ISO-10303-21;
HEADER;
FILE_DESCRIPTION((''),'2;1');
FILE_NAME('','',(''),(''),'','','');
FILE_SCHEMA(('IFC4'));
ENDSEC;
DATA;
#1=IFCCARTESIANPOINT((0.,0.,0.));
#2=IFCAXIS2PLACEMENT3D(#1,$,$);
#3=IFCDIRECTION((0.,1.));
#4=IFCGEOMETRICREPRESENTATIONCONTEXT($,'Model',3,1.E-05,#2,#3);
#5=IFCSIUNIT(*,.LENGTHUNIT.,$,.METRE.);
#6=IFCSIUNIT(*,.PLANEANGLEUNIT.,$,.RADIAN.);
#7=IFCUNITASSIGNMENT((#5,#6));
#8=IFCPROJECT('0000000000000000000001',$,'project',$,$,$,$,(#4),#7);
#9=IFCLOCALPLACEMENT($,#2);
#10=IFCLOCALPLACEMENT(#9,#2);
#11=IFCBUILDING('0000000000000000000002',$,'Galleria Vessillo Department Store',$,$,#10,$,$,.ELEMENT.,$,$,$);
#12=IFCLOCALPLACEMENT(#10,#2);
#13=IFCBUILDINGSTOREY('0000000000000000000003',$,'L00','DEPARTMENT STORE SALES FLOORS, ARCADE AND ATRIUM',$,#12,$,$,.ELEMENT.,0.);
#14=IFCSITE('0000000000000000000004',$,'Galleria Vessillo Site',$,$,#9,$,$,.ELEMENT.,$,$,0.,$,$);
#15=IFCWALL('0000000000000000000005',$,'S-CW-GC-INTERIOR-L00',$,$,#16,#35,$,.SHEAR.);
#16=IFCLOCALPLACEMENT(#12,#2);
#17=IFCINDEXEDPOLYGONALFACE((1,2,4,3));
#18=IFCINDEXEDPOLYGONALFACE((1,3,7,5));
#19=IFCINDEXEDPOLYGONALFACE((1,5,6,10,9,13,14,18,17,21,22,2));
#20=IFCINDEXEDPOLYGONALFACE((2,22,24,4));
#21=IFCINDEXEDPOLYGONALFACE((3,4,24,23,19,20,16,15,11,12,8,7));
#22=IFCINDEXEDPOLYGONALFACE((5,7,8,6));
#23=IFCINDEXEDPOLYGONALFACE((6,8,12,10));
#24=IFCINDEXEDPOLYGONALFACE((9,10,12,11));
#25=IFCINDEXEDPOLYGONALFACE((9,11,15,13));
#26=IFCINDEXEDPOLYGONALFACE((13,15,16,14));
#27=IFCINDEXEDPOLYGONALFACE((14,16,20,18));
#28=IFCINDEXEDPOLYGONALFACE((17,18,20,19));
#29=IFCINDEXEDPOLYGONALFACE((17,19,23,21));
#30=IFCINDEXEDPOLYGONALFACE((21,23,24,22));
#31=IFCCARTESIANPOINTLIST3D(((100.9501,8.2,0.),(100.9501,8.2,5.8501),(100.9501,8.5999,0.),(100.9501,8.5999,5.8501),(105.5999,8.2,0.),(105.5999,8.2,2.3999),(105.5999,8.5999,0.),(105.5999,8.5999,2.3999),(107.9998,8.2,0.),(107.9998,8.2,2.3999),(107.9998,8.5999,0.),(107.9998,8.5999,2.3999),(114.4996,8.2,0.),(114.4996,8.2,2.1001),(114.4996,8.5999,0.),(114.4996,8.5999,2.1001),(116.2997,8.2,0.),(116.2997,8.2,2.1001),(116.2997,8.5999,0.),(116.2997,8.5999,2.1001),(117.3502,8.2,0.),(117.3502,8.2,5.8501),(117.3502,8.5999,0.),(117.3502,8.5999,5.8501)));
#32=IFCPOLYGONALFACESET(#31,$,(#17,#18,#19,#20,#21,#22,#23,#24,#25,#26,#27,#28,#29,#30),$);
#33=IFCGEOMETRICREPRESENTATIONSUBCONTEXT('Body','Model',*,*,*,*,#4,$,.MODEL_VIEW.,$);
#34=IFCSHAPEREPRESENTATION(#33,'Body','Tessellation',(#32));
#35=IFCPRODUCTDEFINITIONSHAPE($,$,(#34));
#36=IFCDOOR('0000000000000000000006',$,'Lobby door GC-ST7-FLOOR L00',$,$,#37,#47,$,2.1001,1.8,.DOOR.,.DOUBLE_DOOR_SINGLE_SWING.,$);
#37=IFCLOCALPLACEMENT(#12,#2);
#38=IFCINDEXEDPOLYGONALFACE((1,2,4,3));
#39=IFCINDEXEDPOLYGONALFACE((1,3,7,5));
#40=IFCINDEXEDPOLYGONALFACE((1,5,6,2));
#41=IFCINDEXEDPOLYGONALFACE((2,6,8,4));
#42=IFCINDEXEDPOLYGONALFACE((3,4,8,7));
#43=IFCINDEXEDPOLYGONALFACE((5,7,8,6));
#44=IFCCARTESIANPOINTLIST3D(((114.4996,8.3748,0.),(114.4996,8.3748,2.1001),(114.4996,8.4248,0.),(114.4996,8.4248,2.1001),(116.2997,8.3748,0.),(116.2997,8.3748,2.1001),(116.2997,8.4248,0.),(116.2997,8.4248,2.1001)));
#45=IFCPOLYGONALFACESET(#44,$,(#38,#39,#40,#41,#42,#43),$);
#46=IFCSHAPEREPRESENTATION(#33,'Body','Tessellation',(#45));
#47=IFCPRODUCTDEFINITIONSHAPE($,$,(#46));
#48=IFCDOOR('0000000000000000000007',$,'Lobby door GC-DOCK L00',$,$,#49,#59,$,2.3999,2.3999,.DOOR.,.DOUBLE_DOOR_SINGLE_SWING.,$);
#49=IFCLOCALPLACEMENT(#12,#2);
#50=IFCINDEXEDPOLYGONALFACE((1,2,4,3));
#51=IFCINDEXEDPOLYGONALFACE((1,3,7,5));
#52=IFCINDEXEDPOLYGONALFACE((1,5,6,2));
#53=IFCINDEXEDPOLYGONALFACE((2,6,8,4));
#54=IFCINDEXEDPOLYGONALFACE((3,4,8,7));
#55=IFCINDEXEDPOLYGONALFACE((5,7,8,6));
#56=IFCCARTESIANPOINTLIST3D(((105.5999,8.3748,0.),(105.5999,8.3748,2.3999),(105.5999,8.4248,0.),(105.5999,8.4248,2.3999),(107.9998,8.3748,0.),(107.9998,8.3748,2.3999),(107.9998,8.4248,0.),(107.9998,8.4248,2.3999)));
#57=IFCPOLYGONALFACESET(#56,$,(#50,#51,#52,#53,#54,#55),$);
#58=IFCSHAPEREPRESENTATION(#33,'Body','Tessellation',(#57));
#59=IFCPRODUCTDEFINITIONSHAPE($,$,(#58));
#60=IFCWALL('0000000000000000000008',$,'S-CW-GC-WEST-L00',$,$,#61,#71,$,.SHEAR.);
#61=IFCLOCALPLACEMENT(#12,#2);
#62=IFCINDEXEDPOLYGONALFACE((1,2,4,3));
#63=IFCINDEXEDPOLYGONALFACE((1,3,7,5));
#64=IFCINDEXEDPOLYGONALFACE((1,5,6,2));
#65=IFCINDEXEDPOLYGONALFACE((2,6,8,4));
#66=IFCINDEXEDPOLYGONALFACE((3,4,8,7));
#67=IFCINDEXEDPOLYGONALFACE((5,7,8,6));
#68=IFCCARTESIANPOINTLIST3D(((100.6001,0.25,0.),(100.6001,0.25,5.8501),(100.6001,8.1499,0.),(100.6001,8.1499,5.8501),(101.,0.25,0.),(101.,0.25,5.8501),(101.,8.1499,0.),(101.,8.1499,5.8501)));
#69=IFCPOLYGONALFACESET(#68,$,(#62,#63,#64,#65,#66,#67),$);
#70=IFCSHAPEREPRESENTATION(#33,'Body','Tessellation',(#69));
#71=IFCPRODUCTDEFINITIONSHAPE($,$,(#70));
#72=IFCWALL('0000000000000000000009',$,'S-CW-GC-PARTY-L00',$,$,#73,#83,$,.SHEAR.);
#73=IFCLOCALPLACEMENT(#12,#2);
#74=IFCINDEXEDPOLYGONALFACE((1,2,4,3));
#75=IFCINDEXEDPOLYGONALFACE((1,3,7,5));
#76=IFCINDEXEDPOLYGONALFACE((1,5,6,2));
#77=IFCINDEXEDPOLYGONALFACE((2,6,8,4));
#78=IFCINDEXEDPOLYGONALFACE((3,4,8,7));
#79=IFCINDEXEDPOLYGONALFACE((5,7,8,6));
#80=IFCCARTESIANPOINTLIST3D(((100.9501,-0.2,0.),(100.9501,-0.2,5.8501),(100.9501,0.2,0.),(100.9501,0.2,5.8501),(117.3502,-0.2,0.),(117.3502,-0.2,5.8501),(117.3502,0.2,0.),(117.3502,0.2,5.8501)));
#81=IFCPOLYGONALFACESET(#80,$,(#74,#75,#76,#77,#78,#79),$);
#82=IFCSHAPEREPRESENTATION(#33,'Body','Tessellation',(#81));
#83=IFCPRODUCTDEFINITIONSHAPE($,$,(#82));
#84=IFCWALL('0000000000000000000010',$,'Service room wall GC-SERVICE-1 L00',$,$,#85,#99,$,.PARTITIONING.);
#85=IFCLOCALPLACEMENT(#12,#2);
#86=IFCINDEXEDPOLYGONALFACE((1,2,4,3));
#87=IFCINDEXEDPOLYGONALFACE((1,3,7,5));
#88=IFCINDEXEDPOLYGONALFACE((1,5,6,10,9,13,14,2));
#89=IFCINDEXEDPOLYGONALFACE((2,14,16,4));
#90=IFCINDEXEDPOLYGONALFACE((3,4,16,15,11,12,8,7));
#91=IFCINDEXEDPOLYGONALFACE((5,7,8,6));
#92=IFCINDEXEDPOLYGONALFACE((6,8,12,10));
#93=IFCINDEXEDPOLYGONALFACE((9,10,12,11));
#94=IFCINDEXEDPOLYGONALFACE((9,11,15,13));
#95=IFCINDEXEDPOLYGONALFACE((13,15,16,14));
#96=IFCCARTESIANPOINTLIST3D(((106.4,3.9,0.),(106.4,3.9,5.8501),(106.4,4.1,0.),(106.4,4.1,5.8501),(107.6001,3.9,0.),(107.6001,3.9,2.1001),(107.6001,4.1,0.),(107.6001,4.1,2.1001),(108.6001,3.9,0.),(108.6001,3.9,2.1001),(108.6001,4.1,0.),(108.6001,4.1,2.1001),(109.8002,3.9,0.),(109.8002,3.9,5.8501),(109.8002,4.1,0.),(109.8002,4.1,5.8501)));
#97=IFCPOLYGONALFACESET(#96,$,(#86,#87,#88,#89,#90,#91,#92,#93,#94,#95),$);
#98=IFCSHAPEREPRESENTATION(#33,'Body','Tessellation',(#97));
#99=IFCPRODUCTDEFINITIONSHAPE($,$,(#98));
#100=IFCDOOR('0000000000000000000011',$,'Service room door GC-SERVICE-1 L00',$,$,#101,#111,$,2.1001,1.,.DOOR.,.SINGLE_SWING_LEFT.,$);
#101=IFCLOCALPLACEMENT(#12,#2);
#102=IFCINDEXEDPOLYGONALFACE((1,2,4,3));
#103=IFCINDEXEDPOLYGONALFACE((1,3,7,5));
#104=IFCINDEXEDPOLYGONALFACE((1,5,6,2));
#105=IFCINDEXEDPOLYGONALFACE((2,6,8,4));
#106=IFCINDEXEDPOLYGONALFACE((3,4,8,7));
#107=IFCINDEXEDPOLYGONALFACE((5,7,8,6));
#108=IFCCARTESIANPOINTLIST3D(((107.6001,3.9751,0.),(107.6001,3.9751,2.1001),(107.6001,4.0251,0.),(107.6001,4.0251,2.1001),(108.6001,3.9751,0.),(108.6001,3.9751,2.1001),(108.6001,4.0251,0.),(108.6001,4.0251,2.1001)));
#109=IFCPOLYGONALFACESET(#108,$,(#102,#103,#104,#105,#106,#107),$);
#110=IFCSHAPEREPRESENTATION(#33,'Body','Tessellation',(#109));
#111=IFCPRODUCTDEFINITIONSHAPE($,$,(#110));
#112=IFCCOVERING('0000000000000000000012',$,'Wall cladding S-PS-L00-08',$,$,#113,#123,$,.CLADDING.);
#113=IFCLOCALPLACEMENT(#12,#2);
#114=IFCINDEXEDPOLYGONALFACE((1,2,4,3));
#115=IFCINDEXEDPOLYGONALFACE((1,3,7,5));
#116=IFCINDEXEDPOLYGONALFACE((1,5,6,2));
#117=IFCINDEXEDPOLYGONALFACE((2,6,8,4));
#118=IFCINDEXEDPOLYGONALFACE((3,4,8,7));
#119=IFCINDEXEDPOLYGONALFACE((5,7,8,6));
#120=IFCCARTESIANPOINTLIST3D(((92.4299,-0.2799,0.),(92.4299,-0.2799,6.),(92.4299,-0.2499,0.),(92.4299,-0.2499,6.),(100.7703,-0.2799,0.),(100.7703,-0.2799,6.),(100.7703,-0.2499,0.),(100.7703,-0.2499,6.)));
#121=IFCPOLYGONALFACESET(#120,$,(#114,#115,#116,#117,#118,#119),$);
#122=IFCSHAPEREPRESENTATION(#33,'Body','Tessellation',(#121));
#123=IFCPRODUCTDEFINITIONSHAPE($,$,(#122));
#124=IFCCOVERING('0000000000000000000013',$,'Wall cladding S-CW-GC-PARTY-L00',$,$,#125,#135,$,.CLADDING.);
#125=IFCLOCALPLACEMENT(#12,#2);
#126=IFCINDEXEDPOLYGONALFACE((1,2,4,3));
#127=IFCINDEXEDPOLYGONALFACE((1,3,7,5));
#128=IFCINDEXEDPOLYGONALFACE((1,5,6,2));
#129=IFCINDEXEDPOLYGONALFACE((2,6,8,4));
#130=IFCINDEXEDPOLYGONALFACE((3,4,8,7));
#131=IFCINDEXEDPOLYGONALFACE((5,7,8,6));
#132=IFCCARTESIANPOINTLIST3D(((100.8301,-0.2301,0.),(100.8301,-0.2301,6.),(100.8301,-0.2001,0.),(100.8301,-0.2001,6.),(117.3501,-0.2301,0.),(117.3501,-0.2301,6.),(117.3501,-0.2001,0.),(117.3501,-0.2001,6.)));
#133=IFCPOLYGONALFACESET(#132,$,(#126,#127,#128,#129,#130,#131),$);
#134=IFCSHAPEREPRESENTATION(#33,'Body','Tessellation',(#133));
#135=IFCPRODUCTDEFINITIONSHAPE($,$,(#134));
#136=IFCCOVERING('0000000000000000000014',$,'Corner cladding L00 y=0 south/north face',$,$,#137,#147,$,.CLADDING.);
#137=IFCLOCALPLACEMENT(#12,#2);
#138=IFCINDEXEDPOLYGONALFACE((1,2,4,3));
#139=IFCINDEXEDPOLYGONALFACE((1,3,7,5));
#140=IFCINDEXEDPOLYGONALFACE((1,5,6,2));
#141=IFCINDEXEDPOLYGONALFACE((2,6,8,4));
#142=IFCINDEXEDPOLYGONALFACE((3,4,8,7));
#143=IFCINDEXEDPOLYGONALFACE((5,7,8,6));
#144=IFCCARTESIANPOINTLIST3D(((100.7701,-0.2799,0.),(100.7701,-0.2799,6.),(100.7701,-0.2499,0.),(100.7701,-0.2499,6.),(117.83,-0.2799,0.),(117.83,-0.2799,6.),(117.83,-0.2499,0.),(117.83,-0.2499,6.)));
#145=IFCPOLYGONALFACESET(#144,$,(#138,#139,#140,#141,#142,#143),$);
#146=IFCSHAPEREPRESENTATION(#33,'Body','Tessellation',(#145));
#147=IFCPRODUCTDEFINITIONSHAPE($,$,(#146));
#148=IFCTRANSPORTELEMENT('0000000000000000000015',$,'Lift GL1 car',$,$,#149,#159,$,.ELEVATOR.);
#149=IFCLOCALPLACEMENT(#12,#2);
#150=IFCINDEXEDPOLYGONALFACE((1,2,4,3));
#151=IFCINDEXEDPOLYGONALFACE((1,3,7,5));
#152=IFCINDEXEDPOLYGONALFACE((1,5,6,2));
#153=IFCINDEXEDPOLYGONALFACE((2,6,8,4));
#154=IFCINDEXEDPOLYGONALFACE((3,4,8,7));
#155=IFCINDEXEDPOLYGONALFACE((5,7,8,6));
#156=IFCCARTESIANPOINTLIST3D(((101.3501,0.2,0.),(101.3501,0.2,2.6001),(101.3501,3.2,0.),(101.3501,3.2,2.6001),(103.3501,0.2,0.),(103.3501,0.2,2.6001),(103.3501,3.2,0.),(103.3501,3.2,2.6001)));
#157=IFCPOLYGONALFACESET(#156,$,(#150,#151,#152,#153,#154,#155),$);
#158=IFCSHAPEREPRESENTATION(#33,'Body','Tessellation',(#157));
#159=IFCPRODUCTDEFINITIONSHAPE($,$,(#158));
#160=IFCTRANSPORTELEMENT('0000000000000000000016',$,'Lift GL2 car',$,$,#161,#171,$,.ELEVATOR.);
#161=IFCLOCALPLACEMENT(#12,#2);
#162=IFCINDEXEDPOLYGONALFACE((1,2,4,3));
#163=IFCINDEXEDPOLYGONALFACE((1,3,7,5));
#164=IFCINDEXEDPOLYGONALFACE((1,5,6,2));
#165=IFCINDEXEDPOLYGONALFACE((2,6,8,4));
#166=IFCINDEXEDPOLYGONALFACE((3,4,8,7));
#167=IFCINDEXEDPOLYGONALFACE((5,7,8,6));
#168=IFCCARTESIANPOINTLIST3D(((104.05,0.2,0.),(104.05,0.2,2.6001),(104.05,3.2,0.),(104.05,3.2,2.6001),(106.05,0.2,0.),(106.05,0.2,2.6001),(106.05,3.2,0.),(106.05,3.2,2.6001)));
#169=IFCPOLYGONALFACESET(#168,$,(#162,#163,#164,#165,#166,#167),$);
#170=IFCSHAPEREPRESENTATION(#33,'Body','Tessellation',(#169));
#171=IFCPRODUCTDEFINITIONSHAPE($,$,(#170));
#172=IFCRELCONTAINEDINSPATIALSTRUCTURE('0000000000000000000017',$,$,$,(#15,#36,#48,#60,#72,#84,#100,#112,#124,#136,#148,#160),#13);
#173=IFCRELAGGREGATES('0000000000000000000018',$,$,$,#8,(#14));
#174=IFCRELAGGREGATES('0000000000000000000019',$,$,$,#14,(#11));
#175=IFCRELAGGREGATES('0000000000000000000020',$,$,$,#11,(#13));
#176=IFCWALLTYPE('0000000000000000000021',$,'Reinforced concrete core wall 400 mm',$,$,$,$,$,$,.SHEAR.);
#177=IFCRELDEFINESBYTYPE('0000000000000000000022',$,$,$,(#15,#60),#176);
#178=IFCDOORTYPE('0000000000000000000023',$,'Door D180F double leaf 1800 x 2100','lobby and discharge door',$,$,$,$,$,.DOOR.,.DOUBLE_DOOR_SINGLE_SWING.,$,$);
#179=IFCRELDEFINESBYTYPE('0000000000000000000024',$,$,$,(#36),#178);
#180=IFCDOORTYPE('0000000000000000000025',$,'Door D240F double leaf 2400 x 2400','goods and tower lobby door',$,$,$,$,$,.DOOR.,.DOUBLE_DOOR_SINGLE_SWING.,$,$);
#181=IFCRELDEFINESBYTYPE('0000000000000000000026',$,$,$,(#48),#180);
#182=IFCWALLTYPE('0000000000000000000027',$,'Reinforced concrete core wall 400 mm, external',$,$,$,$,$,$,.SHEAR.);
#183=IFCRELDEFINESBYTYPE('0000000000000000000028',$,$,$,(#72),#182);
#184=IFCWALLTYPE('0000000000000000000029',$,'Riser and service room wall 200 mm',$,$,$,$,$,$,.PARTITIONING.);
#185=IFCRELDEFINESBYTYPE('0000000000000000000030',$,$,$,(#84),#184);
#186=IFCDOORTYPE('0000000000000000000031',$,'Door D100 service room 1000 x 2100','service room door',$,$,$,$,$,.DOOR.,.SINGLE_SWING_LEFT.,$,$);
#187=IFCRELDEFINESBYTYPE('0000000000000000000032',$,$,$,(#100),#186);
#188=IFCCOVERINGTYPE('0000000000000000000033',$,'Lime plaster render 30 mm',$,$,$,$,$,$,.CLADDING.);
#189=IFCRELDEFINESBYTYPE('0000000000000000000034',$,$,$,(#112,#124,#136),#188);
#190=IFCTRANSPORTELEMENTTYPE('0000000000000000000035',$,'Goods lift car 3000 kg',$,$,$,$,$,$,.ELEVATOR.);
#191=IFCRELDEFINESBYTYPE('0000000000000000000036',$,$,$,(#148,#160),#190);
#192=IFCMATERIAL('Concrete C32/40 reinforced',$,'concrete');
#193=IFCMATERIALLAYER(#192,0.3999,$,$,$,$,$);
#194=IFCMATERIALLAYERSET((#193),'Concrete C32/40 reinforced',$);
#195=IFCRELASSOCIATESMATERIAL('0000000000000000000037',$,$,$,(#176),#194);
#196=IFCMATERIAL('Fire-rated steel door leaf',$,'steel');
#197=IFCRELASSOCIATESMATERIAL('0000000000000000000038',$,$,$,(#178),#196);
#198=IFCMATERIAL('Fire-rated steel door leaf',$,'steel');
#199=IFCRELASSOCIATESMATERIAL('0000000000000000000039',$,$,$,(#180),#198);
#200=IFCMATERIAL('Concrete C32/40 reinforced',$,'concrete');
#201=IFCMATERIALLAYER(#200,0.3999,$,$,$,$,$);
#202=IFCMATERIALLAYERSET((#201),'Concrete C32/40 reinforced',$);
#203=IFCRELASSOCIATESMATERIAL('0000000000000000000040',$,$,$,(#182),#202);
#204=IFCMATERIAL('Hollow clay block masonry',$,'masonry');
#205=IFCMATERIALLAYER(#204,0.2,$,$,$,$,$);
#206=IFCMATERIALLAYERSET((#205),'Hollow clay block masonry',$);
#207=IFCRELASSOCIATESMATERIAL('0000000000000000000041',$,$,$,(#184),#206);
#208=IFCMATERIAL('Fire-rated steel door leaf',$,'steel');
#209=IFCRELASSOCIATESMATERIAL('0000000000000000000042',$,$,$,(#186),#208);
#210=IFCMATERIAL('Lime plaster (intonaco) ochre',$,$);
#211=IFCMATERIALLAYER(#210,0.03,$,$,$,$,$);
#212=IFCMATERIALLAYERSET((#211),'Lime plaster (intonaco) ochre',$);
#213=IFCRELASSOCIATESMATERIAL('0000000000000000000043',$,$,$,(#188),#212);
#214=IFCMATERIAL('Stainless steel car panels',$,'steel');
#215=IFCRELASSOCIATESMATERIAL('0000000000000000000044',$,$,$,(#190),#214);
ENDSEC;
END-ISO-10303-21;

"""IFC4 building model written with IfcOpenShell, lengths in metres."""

from ifc_helpers import new_model, si_unit, direction, frame, frame_2d, origin, origin_2d, place, context, subcontext, project, spatial, rectangle, extrude, material, layer, layer_set, type_object, element, fill, save


model = new_model("IFC4")

# Units and contexts
model_context = context("Model", 3, precision=1e-05, world=origin(), true_north=direction((0.0, 1.0)))
body_context = subcontext(model_context, "Body", "Model", "MODEL_VIEW")
ifc_project = project(units=[si_unit("LENGTHUNIT", "METRE"), si_unit("PLANEANGLEUNIT", "RADIAN")], contexts=[model_context])

# Site, building, storey
site_placement = place(None, origin())
site = spatial("IfcSite", under=ifc_project, at=site_placement, Name="Galleria Vessillo Site", CompositionType="ELEMENT", RefElevation=0.0)
building_placement = place(site_placement, origin())
building = spatial("IfcBuilding", under=site, at=building_placement, Name="Galleria Vessillo Department Store", CompositionType="ELEMENT")
storey_placement = place(building_placement, origin())
storey = spatial("IfcBuildingStorey", under=building, at=storey_placement, Name="L00", Description="DEPARTMENT STORE SALES FLOORS, ARCADE AND ATRIUM", CompositionType="ELEMENT", Elevation=0.0)

# Wall, openings, doors
ifc_material_1 = material(Name="Concrete C32/40 reinforced", Category="concrete")
ifc_layer_1 = layer(ifc_material_1, 0.3999)
ifc_layer_set_1 = layer_set([ifc_layer_1], Name="Concrete C32/40 reinforced")
wall_type_1 = type_object("IfcWallType", Name="Reinforced concrete core wall 400 mm", PredefinedType="SHEAR", material=ifc_layer_set_1)
wall_1_placement = place(storey_placement, frame((100.95, 8.3999, 0.0), z_axis=(0.0, 0.0, 1.0), x_axis=(1.0, 0.0, 0.0)))
wall_1 = element("IfcWall", 1, at=wall_1_placement, inside=storey, type_object=wall_type_1, Name="S-CW-GC-INTERIOR-L00", PredefinedType="SHEAR", context=body_context, shape_type="SweptSolid", body=[
    extrude(rectangle(XDim=16.4001, YDim=0.3999, at=frame_2d((8.2002, 0.0))), origin(), (0.0, 0.0, 1.0), 5.8501),
])
opening_1_placement = place(wall_1_placement, frame((13.5498, 0.0, 0.0)))
opening_1 = element("IfcOpeningElement", 2, at=opening_1_placement, cuts=wall_1, PredefinedType="OPENING", context=body_context, shape_type="SweptSolid", body=[
    extrude(rectangle(XDim=1.8, YDim=2.1001, at=frame_2d((0.8999, 1.05))), frame((0.0, 0.21, 0.0), z_axis=(0.0, -1.0, 0.0), x_axis=(1.0, 0.0, 0.0)), (0.0, 0.0, 1.0), 0.4199),
])
opening_2_placement = place(wall_1_placement, frame((4.6499, 0.0, 0.0)))
opening_2 = element("IfcOpeningElement", 3, at=opening_2_placement, cuts=wall_1, PredefinedType="OPENING", context=body_context, shape_type="SweptSolid", body=[
    extrude(rectangle(XDim=2.3999, YDim=2.3999, at=frame_2d((1.2, 1.2))), frame((0.0, 0.21, 0.0), z_axis=(0.0, -1.0, 0.0), x_axis=(1.0, 0.0, 0.0)), (0.0, 0.0, 1.0), 0.4199),
])
ifc_material_2 = material(Name="Fire-rated steel door leaf", Category="steel")
door_type_1 = type_object("IfcDoorType", Name="Door D180F double leaf 1800 x 2100", Description="lobby and discharge door", OperationType="DOUBLE_DOOR_SINGLE_SWING", PredefinedType="DOOR", material=ifc_material_2)
door_1_placement = place(opening_1_placement, origin())
door_1 = element("IfcDoor", 4, at=door_1_placement, inside=storey, type_object=door_type_1, Name="Lobby door GC-ST7-FLOOR L00", OperationType="DOUBLE_DOOR_SINGLE_SWING", OverallHeight=2.1001, OverallWidth=1.8, PredefinedType="DOOR", context=body_context, shape_type="SweptSolid", body=[
    extrude(rectangle(XDim=1.8, YDim=2.1001, at=frame_2d((0.8999, 1.05))), frame((0.0, 0.0249, 0.0), z_axis=(0.0, -1.0, 0.0), x_axis=(1.0, 0.0, 0.0)), (0.0, 0.0, 1.0), 0.05),
])
fill(opening_1, door_1)
ifc_material_3 = material(Name="Fire-rated steel door leaf", Category="steel")
door_type_2 = type_object("IfcDoorType", Name="Door D240F double leaf 2400 x 2400", Description="goods and tower lobby door", OperationType="DOUBLE_DOOR_SINGLE_SWING", PredefinedType="DOOR", material=ifc_material_3)
door_2_placement = place(opening_2_placement, origin())
door_2 = element("IfcDoor", 5, at=door_2_placement, inside=storey, type_object=door_type_2, Name="Lobby door GC-DOCK L00", OperationType="DOUBLE_DOOR_SINGLE_SWING", OverallHeight=2.3999, OverallWidth=2.3999, PredefinedType="DOOR", context=body_context, shape_type="SweptSolid", body=[
    extrude(rectangle(XDim=2.3999, YDim=2.3999, at=frame_2d((1.2, 1.2))), frame((0.0, 0.0249, 0.0), z_axis=(0.0, -1.0, 0.0), x_axis=(1.0, 0.0, 0.0)), (0.0, 0.0, 1.0), 0.05),
])
fill(opening_2, door_2)

# Walls
wall_2_placement = place(storey_placement, frame((100.8, 0.25, 0.0), z_axis=(0.0, 0.0, 1.0), x_axis=(0.0, 1.0, 0.0)))
element("IfcWall", 6, at=wall_2_placement, inside=storey, type_object=wall_type_1, Name="S-CW-GC-WEST-L00", PredefinedType="SHEAR", context=body_context, shape_type="SweptSolid", body=[
    extrude(rectangle(XDim=7.8999, YDim=0.3999, at=frame_2d((3.95, 0.0))), origin(), (0.0, 0.0, 1.0), 5.8501),
])
ifc_material_4 = material(Name="Concrete C32/40 reinforced", Category="concrete")
ifc_layer_2 = layer(ifc_material_4, 0.3999)
ifc_layer_set_2 = layer_set([ifc_layer_2], Name="Concrete C32/40 reinforced")
wall_type_2 = type_object("IfcWallType", Name="Reinforced concrete core wall 400 mm, external", PredefinedType="SHEAR", material=ifc_layer_set_2)
wall_3_placement = place(storey_placement, frame((100.95, 0.0, 0.0), z_axis=(0.0, 0.0, 1.0), x_axis=(1.0, 0.0, 0.0)))
element("IfcWall", 7, at=wall_3_placement, inside=storey, type_object=wall_type_2, Name="S-CW-GC-PARTY-L00", PredefinedType="SHEAR", context=body_context, shape_type="SweptSolid", body=[
    extrude(rectangle(XDim=16.4001, YDim=0.3999, at=frame_2d((8.2002, 0.0))), origin(), (0.0, 0.0, 1.0), 5.8501),
])

# Wall, opening, door
ifc_material_5 = material(Name="Hollow clay block masonry", Category="masonry")
ifc_layer_3 = layer(ifc_material_5, 0.2)
ifc_layer_set_3 = layer_set([ifc_layer_3], Name="Hollow clay block masonry")
wall_type_3 = type_object("IfcWallType", Name="Riser and service room wall 200 mm", PredefinedType="PARTITIONING", material=ifc_layer_set_3)
wall_4_placement = place(storey_placement, frame((106.3999, 4.0, 0.0), z_axis=(0.0, 0.0, 1.0), x_axis=(1.0, 0.0, 0.0)))
wall_4 = element("IfcWall", 8, at=wall_4_placement, inside=storey, type_object=wall_type_3, Name="Service room wall GC-SERVICE-1 L00", PredefinedType="PARTITIONING", context=body_context, shape_type="SweptSolid", body=[
    extrude(rectangle(XDim=3.4001, YDim=0.2, at=frame_2d((1.7002, 0.0))), origin(), (0.0, 0.0, 1.0), 5.8501),
])
opening_3_placement = place(wall_4_placement, frame((1.2002, 0.0, 0.0)))
opening_3 = element("IfcOpeningElement", 9, at=opening_3_placement, cuts=wall_4, PredefinedType="OPENING", context=body_context, shape_type="SweptSolid", body=[
    extrude(rectangle(XDim=1.0, YDim=2.1001, at=frame_2d((0.5, 1.05))), frame((0.0, 0.1099, 0.0), z_axis=(0.0, -1.0, 0.0), x_axis=(1.0, 0.0, 0.0)), (0.0, 0.0, 1.0), 0.22),
])
ifc_material_6 = material(Name="Fire-rated steel door leaf", Category="steel")
door_type_3 = type_object("IfcDoorType", Name="Door D100 service room 1000 x 2100", Description="service room door", OperationType="SINGLE_SWING_LEFT", PredefinedType="DOOR", material=ifc_material_6)
door_3_placement = place(opening_3_placement, frame((1.0, 0.0, 0.0), z_axis=(0.0, 0.0, 1.0), x_axis=(-1.0, 0.0, 0.0)))
door_3 = element("IfcDoor", 10, at=door_3_placement, inside=storey, type_object=door_type_3, Name="Service room door GC-SERVICE-1 L00", OperationType="SINGLE_SWING_LEFT", OverallHeight=2.1001, OverallWidth=1.0, PredefinedType="DOOR", context=body_context, shape_type="SweptSolid", body=[
    extrude(rectangle(XDim=1.0, YDim=2.1001, at=frame_2d((0.5, 1.05))), frame((0.0, 0.0249, 0.0), z_axis=(0.0, -1.0, 0.0), x_axis=(1.0, 0.0, 0.0)), (0.0, 0.0, 1.0), 0.05),
])
fill(opening_3, door_3)

# Coverings
ifc_material_7 = material(Name="Lime plaster (intonaco) ochre")
ifc_layer_4 = layer(ifc_material_7, 0.03)
ifc_layer_set_4 = layer_set([ifc_layer_4], Name="Lime plaster (intonaco) ochre")
covering_type = type_object("IfcCoveringType", Name="Lime plaster render 30 mm", PredefinedType="CLADDING", material=ifc_layer_set_4)
covering_1_placement = place(storey_placement, frame((96.6001, -0.2649, 0.0), z_axis=(0.0, 0.0, 1.0), x_axis=(1.0, 0.0, 0.0)))
element("IfcCovering", 11, at=covering_1_placement, inside=storey, type_object=covering_type, Name="Wall cladding S-PS-L00-08", PredefinedType="CLADDING", context=body_context, shape_type="SweptSolid", body=[
    extrude(rectangle(XDim=8.3403, YDim=0.03, at=origin_2d()), origin(), (0.0, 0.0, 1.0), 6.0),
])
covering_2_placement = place(storey_placement, frame((109.0901, -0.2151, 0.0), z_axis=(0.0, 0.0, 1.0), x_axis=(1.0, 0.0, 0.0)))
element("IfcCovering", 12, at=covering_2_placement, inside=storey, type_object=covering_type, Name="Wall cladding S-CW-GC-PARTY-L00", PredefinedType="CLADDING", context=body_context, shape_type="SweptSolid", body=[
    extrude(rectangle(XDim=16.52, YDim=0.03, at=origin_2d()), origin(), (0.0, 0.0, 1.0), 6.0),
])
covering_3_placement = place(storey_placement, frame((109.3, -0.2649, 0.0), z_axis=(0.0, 0.0, 1.0), x_axis=(1.0, 0.0, 0.0)))
element("IfcCovering", 13, at=covering_3_placement, inside=storey, type_object=covering_type, Name="Corner cladding L00 y=0 south/north face", PredefinedType="CLADDING", context=body_context, shape_type="SweptSolid", body=[
    extrude(rectangle(XDim=17.0598, YDim=0.03, at=origin_2d()), origin(), (0.0, 0.0, 1.0), 6.0),
])

# Transport elements
ifc_material_8 = material(Name="Stainless steel car panels", Category="steel")
transport_element_type = type_object("IfcTransportElementType", Name="Goods lift car 3000 kg", PredefinedType="ELEVATOR", material=ifc_material_8)
for number, where, z_axis, x_axis, name in (
    (14, (102.3501, 1.7, 0.0), (0.0, 0.0, 1.0), (1.0, 0.0, 0.0), "Lift GL1 car"),
    (15, (105.05, 1.7, 0.0), (0.0, 0.0, 1.0), (1.0, 0.0, 0.0), "Lift GL2 car"),
):
    element("IfcTransportElement", number, at=place(storey_placement, frame(where, z_axis=z_axis, x_axis=x_axis)), inside=storey, type_object=transport_element_type, Name=name, PredefinedType="ELEVATOR", context=body_context, shape_type="SweptSolid", body=[
        extrude(rectangle(XDim=2.0, YDim=3.0, at=origin_2d()), origin(), (0.0, 0.0, 1.0), 2.6001),
    ])

save(model, "model.ifc")
